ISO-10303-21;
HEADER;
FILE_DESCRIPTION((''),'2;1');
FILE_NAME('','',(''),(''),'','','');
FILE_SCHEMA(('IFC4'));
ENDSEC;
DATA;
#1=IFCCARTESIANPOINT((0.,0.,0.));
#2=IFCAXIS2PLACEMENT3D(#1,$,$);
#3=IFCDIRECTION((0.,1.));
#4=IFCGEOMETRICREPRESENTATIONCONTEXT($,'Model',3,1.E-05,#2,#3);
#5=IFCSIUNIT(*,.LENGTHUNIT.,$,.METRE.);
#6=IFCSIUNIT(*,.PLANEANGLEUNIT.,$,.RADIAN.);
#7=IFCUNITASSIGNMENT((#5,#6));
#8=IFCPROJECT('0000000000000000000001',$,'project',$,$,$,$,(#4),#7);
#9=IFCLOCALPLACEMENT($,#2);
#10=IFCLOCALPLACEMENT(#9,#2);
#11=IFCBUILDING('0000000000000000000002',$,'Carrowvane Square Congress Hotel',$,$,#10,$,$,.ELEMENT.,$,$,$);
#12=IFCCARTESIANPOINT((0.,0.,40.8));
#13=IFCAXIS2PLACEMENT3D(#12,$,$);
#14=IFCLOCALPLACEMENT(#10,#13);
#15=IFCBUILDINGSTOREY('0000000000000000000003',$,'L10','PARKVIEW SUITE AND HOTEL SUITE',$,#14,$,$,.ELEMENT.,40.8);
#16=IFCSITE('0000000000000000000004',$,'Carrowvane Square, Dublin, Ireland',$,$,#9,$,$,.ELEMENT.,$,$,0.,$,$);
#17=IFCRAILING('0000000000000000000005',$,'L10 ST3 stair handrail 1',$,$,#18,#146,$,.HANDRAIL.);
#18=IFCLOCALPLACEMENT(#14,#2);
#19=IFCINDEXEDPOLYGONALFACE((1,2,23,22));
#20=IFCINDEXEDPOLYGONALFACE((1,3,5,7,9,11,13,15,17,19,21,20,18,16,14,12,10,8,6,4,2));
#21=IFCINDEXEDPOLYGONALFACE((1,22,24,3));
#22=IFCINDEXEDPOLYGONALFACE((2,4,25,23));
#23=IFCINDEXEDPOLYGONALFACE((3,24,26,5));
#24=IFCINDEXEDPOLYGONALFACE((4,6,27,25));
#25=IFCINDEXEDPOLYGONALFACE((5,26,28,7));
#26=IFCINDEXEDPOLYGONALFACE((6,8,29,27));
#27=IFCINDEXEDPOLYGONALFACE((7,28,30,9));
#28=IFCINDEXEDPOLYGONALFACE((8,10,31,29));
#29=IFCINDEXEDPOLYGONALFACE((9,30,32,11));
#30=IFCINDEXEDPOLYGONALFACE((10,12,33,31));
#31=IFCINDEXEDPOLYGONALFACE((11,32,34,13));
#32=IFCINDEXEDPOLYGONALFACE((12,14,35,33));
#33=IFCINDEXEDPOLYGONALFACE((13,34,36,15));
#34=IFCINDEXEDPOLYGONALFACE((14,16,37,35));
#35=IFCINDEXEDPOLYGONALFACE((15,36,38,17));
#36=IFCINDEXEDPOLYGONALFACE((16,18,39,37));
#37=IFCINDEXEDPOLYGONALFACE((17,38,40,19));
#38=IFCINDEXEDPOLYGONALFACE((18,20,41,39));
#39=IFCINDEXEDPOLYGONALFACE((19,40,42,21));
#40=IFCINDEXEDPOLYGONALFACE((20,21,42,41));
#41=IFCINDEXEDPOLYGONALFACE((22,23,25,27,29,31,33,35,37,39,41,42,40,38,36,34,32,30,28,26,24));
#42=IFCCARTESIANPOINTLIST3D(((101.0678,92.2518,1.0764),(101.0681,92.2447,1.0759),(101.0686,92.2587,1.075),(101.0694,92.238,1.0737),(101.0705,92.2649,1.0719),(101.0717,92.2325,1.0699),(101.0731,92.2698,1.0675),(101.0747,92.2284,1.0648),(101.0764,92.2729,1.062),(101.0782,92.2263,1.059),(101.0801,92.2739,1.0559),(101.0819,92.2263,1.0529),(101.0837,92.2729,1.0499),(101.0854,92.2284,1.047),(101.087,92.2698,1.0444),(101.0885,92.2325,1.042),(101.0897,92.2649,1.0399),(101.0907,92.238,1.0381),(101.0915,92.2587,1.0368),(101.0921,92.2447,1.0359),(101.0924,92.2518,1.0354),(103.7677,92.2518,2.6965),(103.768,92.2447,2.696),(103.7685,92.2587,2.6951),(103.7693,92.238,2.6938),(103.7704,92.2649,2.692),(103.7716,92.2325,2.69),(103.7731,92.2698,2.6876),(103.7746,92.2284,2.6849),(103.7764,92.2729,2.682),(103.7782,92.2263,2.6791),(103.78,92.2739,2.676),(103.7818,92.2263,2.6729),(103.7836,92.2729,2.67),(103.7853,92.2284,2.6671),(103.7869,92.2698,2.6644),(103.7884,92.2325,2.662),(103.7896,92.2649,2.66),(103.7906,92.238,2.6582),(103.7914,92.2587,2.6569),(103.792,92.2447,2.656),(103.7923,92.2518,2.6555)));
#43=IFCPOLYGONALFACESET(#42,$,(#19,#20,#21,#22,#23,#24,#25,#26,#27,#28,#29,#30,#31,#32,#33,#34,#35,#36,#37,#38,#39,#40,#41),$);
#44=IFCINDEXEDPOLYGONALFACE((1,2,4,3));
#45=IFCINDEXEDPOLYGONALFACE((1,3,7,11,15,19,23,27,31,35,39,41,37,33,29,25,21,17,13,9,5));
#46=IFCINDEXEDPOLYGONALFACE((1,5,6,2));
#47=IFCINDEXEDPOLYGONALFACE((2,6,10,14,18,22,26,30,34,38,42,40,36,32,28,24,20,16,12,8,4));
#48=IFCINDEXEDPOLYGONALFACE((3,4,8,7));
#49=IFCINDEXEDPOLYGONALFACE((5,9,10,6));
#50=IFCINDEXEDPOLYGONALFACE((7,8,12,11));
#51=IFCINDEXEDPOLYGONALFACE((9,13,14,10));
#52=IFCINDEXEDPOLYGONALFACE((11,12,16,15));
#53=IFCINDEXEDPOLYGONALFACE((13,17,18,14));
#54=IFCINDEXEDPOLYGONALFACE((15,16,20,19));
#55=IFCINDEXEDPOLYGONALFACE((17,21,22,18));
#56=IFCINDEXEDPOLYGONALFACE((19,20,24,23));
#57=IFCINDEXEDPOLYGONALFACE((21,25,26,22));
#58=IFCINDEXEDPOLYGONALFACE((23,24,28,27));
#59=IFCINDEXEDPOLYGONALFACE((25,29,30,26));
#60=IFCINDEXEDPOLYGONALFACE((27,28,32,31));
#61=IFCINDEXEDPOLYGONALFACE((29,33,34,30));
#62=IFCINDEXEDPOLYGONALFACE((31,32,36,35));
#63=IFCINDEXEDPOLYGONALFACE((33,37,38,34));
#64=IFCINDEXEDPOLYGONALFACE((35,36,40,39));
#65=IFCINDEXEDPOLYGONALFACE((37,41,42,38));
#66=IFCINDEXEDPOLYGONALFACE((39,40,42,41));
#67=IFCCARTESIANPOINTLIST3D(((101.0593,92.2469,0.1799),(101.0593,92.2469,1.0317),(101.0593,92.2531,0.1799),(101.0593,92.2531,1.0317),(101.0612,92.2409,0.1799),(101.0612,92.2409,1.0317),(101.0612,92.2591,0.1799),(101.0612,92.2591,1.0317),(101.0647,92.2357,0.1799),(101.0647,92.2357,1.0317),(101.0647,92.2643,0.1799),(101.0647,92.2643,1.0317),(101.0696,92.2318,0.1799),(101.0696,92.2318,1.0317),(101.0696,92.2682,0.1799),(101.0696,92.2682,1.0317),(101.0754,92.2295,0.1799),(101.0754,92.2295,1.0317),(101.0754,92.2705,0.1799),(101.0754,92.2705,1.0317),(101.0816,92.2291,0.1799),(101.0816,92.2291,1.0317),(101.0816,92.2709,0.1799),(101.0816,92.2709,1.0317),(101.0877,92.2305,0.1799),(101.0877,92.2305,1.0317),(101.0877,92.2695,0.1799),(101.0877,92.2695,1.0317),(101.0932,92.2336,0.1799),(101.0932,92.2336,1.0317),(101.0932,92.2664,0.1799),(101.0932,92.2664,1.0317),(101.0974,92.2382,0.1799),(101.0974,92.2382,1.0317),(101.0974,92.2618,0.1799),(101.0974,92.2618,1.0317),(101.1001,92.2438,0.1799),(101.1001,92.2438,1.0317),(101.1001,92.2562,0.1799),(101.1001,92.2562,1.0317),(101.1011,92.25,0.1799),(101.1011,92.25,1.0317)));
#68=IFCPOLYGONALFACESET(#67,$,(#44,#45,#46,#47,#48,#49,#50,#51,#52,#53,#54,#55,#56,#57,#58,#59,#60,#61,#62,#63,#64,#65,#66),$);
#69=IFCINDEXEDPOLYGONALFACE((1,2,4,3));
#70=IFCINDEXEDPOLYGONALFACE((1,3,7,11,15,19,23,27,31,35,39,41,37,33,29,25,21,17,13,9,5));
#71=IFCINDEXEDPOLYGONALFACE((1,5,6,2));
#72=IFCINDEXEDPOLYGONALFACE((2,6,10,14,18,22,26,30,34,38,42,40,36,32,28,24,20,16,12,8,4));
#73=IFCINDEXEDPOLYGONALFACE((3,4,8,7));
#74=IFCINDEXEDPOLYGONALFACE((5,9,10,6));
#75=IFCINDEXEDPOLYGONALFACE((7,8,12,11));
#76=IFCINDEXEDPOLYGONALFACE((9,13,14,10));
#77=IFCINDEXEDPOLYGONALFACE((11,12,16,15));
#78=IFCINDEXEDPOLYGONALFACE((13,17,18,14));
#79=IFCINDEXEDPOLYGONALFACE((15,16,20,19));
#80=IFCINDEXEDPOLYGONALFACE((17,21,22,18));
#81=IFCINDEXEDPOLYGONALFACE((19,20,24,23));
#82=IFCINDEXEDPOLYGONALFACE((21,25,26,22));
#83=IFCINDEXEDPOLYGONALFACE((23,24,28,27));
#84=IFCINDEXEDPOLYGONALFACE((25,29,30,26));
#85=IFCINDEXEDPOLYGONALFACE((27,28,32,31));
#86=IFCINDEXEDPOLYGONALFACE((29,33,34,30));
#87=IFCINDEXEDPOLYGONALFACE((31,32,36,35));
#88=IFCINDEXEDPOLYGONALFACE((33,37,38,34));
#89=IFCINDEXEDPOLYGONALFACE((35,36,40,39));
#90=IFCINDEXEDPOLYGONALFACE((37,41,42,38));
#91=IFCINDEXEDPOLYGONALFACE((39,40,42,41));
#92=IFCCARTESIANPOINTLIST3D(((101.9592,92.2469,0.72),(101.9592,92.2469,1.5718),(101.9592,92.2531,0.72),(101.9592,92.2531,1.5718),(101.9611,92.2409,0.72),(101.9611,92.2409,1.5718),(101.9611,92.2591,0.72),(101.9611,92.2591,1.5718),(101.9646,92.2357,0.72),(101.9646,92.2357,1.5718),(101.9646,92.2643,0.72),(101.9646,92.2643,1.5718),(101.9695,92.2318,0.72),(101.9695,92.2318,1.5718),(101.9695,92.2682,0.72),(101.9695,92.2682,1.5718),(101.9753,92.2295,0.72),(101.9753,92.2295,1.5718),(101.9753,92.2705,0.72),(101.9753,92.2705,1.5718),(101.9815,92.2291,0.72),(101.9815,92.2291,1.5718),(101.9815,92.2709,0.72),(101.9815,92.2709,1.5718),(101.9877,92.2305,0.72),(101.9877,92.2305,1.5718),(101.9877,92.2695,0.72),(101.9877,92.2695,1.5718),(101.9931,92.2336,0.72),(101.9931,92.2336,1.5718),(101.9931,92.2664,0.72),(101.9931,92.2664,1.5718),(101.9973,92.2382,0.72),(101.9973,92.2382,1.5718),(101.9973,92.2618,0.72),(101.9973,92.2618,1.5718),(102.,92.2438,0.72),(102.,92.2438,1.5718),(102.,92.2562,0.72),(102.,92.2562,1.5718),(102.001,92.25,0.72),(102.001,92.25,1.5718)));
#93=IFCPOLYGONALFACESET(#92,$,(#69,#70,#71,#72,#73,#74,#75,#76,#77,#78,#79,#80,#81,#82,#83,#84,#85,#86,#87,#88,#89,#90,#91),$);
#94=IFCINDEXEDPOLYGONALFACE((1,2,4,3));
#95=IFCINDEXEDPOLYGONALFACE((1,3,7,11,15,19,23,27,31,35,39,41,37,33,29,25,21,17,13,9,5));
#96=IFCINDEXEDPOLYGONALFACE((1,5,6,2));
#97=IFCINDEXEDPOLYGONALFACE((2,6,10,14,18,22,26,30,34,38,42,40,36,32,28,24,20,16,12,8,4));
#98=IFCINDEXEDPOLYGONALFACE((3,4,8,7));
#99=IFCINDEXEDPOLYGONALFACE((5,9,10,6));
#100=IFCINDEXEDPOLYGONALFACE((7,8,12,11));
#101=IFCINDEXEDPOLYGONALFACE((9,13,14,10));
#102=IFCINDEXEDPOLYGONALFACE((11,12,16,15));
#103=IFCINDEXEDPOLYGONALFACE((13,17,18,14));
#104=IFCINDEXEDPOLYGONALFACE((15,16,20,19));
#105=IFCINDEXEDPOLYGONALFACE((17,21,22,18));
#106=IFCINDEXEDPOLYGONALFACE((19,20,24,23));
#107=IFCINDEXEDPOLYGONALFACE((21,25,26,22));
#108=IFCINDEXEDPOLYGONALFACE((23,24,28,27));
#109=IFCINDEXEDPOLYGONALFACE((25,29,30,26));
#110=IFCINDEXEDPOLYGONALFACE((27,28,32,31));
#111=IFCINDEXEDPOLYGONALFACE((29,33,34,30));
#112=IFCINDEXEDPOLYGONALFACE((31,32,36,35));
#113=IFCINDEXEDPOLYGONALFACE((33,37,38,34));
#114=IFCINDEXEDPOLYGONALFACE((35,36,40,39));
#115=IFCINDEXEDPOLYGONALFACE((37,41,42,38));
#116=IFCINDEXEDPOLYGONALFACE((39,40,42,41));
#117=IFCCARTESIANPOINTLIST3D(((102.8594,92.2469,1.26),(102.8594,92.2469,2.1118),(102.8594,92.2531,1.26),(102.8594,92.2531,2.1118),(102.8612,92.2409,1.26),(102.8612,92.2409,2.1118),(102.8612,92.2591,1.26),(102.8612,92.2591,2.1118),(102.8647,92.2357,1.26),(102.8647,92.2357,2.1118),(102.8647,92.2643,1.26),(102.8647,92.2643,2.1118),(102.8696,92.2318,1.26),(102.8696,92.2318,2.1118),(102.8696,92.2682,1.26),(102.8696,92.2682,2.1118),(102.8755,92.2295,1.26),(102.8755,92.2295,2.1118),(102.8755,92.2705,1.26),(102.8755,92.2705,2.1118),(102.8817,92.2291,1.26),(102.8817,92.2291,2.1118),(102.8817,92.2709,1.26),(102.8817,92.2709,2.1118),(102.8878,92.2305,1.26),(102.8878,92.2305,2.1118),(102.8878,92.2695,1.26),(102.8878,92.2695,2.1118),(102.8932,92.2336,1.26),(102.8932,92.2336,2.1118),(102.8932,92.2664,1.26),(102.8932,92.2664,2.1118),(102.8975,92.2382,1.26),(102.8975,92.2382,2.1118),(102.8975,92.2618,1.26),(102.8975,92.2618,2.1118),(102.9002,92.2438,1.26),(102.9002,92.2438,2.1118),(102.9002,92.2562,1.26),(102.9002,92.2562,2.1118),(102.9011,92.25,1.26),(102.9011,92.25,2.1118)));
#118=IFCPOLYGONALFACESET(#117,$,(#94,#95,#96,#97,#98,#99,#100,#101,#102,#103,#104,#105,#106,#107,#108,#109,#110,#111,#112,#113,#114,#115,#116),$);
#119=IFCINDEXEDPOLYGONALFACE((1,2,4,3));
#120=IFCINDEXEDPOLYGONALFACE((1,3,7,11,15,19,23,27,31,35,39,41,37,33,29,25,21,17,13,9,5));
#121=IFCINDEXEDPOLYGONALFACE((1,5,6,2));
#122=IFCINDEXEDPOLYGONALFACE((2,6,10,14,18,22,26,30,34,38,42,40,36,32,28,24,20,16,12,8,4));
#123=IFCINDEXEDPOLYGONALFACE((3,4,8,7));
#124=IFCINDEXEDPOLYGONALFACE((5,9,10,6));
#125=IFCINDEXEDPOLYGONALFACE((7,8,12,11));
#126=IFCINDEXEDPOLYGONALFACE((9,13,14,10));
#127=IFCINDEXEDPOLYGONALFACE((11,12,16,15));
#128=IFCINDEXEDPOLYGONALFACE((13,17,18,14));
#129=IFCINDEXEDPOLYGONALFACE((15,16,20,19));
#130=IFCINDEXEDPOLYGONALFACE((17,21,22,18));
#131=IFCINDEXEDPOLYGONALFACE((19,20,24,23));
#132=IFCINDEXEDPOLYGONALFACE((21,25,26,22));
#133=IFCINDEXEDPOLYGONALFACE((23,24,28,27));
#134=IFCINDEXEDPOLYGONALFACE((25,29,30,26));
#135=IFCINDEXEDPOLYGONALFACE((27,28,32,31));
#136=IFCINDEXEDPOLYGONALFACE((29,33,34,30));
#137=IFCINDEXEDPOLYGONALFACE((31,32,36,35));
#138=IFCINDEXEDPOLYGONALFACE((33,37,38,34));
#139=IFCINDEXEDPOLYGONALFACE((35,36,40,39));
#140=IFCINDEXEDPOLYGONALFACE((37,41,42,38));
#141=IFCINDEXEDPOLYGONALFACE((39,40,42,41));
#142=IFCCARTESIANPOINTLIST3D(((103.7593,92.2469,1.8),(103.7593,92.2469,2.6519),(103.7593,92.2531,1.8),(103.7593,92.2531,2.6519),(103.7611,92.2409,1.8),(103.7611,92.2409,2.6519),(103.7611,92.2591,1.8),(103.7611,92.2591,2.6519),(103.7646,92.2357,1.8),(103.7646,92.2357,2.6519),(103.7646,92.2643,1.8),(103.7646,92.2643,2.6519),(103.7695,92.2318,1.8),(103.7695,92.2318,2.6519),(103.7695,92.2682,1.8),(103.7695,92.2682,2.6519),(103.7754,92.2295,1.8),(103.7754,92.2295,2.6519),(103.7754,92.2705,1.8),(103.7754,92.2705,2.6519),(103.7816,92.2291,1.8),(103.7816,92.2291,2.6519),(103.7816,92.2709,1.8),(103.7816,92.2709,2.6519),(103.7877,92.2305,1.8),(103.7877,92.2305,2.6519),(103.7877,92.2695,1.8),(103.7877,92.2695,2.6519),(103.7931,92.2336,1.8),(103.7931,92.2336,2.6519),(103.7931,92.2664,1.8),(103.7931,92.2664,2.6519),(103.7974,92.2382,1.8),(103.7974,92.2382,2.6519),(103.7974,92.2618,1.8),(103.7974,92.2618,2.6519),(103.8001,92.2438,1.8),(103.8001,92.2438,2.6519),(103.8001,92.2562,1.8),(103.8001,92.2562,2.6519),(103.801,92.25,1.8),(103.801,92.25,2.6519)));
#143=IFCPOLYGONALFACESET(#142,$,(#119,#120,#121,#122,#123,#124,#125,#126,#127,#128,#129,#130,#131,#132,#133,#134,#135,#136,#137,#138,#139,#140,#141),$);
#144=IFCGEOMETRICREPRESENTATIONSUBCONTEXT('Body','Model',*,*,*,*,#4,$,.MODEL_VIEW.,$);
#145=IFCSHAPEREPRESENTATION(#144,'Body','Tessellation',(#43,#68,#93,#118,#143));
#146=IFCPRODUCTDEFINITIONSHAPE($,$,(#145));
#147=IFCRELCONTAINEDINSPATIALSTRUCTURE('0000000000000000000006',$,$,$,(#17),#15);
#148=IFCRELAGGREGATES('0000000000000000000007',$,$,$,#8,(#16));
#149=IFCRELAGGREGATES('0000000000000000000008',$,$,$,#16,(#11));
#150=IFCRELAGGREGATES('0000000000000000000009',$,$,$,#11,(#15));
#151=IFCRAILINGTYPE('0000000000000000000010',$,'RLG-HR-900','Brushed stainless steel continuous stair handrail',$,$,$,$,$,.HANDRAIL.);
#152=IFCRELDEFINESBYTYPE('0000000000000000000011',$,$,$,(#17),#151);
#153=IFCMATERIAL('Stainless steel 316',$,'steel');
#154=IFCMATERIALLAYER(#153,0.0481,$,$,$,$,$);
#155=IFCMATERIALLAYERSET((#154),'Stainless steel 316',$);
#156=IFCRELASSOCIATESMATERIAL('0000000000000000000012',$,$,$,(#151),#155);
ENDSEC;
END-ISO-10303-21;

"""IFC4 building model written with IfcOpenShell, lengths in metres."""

from ifc_helpers import new_model, si_unit, direction, frame, origin, origin_2d, place, context, subcontext, project, spatial, circle, extrude, material, layer, layer_set, type_object, element, save


model = new_model("IFC4")

# Units and contexts
model_context = context("Model", 3, precision=1e-05, world=origin(), true_north=direction((0.0, 1.0)))
body_context = subcontext(model_context, "Body", "Model", "MODEL_VIEW")
ifc_project = project(units=[si_unit("LENGTHUNIT", "METRE"), si_unit("PLANEANGLEUNIT", "RADIAN")], contexts=[model_context])

# Site, building, storey
site_placement = place(None, origin())
site = spatial("IfcSite", under=ifc_project, at=site_placement, Name="Carrowvane Square, Dublin, Ireland", CompositionType="ELEMENT", RefElevation=0.0)
building_placement = place(site_placement, origin())
building = spatial("IfcBuilding", under=site, at=building_placement, Name="Carrowvane Square Congress Hotel", CompositionType="ELEMENT")
storey_placement = place(building_placement, frame((0.0, 0.0, 40.8)))
storey = spatial("IfcBuildingStorey", under=building, at=storey_placement, Name="L10", Description="PARKVIEW SUITE AND HOTEL SUITE", CompositionType="ELEMENT", Elevation=40.8)

# Railing
ifc_material_1 = material(Name="Stainless steel 316", Category="steel")
ifc_layer_1 = layer(ifc_material_1, 0.0481)
ifc_layer_set_1 = layer_set([ifc_layer_1], Name="Stainless steel 316")
railing_type_1 = type_object("IfcRailingType", Name="RLG-HR-900", Description="Brushed stainless steel continuous stair handrail", PredefinedType="HANDRAIL", material=ifc_layer_set_1)
railing_1_placement = place(storey_placement, frame((101.0801, 92.25, 0.1799)))
element("IfcRailing", 1, at=railing_1_placement, inside=storey, type_object=railing_type_1, Name="L10 ST3 stair handrail 1", PredefinedType="HANDRAIL", context=body_context, shape_type="SweptSolid", body=[
    extrude(circle(Radius=0.0239, at=origin_2d()), frame((0.0, 0.0, 0.876), z_axis=(0.857472, 0.0, 0.51453), x_axis=(0.0, 1.0, 0.0)), (0.0, 0.0, 1.0), 3.1487),
    extrude(circle(Radius=0.021, at=origin_2d()), origin(), (0.0, 0.0, 1.0), 0.8518),
    extrude(circle(Radius=0.021, at=origin_2d()), frame((0.8999, 0.0, 0.54)), (0.0, 0.0, 1.0), 0.8518),
    extrude(circle(Radius=0.021, at=origin_2d()), frame((1.8, 0.0, 1.0801)), (0.0, 0.0, 1.0), 0.8518),
    extrude(circle(Radius=0.021, at=origin_2d()), frame((2.7, 0.0, 1.6201)), (0.0, 0.0, 1.0), 0.8518),
])

save(model, "model.ifc")
